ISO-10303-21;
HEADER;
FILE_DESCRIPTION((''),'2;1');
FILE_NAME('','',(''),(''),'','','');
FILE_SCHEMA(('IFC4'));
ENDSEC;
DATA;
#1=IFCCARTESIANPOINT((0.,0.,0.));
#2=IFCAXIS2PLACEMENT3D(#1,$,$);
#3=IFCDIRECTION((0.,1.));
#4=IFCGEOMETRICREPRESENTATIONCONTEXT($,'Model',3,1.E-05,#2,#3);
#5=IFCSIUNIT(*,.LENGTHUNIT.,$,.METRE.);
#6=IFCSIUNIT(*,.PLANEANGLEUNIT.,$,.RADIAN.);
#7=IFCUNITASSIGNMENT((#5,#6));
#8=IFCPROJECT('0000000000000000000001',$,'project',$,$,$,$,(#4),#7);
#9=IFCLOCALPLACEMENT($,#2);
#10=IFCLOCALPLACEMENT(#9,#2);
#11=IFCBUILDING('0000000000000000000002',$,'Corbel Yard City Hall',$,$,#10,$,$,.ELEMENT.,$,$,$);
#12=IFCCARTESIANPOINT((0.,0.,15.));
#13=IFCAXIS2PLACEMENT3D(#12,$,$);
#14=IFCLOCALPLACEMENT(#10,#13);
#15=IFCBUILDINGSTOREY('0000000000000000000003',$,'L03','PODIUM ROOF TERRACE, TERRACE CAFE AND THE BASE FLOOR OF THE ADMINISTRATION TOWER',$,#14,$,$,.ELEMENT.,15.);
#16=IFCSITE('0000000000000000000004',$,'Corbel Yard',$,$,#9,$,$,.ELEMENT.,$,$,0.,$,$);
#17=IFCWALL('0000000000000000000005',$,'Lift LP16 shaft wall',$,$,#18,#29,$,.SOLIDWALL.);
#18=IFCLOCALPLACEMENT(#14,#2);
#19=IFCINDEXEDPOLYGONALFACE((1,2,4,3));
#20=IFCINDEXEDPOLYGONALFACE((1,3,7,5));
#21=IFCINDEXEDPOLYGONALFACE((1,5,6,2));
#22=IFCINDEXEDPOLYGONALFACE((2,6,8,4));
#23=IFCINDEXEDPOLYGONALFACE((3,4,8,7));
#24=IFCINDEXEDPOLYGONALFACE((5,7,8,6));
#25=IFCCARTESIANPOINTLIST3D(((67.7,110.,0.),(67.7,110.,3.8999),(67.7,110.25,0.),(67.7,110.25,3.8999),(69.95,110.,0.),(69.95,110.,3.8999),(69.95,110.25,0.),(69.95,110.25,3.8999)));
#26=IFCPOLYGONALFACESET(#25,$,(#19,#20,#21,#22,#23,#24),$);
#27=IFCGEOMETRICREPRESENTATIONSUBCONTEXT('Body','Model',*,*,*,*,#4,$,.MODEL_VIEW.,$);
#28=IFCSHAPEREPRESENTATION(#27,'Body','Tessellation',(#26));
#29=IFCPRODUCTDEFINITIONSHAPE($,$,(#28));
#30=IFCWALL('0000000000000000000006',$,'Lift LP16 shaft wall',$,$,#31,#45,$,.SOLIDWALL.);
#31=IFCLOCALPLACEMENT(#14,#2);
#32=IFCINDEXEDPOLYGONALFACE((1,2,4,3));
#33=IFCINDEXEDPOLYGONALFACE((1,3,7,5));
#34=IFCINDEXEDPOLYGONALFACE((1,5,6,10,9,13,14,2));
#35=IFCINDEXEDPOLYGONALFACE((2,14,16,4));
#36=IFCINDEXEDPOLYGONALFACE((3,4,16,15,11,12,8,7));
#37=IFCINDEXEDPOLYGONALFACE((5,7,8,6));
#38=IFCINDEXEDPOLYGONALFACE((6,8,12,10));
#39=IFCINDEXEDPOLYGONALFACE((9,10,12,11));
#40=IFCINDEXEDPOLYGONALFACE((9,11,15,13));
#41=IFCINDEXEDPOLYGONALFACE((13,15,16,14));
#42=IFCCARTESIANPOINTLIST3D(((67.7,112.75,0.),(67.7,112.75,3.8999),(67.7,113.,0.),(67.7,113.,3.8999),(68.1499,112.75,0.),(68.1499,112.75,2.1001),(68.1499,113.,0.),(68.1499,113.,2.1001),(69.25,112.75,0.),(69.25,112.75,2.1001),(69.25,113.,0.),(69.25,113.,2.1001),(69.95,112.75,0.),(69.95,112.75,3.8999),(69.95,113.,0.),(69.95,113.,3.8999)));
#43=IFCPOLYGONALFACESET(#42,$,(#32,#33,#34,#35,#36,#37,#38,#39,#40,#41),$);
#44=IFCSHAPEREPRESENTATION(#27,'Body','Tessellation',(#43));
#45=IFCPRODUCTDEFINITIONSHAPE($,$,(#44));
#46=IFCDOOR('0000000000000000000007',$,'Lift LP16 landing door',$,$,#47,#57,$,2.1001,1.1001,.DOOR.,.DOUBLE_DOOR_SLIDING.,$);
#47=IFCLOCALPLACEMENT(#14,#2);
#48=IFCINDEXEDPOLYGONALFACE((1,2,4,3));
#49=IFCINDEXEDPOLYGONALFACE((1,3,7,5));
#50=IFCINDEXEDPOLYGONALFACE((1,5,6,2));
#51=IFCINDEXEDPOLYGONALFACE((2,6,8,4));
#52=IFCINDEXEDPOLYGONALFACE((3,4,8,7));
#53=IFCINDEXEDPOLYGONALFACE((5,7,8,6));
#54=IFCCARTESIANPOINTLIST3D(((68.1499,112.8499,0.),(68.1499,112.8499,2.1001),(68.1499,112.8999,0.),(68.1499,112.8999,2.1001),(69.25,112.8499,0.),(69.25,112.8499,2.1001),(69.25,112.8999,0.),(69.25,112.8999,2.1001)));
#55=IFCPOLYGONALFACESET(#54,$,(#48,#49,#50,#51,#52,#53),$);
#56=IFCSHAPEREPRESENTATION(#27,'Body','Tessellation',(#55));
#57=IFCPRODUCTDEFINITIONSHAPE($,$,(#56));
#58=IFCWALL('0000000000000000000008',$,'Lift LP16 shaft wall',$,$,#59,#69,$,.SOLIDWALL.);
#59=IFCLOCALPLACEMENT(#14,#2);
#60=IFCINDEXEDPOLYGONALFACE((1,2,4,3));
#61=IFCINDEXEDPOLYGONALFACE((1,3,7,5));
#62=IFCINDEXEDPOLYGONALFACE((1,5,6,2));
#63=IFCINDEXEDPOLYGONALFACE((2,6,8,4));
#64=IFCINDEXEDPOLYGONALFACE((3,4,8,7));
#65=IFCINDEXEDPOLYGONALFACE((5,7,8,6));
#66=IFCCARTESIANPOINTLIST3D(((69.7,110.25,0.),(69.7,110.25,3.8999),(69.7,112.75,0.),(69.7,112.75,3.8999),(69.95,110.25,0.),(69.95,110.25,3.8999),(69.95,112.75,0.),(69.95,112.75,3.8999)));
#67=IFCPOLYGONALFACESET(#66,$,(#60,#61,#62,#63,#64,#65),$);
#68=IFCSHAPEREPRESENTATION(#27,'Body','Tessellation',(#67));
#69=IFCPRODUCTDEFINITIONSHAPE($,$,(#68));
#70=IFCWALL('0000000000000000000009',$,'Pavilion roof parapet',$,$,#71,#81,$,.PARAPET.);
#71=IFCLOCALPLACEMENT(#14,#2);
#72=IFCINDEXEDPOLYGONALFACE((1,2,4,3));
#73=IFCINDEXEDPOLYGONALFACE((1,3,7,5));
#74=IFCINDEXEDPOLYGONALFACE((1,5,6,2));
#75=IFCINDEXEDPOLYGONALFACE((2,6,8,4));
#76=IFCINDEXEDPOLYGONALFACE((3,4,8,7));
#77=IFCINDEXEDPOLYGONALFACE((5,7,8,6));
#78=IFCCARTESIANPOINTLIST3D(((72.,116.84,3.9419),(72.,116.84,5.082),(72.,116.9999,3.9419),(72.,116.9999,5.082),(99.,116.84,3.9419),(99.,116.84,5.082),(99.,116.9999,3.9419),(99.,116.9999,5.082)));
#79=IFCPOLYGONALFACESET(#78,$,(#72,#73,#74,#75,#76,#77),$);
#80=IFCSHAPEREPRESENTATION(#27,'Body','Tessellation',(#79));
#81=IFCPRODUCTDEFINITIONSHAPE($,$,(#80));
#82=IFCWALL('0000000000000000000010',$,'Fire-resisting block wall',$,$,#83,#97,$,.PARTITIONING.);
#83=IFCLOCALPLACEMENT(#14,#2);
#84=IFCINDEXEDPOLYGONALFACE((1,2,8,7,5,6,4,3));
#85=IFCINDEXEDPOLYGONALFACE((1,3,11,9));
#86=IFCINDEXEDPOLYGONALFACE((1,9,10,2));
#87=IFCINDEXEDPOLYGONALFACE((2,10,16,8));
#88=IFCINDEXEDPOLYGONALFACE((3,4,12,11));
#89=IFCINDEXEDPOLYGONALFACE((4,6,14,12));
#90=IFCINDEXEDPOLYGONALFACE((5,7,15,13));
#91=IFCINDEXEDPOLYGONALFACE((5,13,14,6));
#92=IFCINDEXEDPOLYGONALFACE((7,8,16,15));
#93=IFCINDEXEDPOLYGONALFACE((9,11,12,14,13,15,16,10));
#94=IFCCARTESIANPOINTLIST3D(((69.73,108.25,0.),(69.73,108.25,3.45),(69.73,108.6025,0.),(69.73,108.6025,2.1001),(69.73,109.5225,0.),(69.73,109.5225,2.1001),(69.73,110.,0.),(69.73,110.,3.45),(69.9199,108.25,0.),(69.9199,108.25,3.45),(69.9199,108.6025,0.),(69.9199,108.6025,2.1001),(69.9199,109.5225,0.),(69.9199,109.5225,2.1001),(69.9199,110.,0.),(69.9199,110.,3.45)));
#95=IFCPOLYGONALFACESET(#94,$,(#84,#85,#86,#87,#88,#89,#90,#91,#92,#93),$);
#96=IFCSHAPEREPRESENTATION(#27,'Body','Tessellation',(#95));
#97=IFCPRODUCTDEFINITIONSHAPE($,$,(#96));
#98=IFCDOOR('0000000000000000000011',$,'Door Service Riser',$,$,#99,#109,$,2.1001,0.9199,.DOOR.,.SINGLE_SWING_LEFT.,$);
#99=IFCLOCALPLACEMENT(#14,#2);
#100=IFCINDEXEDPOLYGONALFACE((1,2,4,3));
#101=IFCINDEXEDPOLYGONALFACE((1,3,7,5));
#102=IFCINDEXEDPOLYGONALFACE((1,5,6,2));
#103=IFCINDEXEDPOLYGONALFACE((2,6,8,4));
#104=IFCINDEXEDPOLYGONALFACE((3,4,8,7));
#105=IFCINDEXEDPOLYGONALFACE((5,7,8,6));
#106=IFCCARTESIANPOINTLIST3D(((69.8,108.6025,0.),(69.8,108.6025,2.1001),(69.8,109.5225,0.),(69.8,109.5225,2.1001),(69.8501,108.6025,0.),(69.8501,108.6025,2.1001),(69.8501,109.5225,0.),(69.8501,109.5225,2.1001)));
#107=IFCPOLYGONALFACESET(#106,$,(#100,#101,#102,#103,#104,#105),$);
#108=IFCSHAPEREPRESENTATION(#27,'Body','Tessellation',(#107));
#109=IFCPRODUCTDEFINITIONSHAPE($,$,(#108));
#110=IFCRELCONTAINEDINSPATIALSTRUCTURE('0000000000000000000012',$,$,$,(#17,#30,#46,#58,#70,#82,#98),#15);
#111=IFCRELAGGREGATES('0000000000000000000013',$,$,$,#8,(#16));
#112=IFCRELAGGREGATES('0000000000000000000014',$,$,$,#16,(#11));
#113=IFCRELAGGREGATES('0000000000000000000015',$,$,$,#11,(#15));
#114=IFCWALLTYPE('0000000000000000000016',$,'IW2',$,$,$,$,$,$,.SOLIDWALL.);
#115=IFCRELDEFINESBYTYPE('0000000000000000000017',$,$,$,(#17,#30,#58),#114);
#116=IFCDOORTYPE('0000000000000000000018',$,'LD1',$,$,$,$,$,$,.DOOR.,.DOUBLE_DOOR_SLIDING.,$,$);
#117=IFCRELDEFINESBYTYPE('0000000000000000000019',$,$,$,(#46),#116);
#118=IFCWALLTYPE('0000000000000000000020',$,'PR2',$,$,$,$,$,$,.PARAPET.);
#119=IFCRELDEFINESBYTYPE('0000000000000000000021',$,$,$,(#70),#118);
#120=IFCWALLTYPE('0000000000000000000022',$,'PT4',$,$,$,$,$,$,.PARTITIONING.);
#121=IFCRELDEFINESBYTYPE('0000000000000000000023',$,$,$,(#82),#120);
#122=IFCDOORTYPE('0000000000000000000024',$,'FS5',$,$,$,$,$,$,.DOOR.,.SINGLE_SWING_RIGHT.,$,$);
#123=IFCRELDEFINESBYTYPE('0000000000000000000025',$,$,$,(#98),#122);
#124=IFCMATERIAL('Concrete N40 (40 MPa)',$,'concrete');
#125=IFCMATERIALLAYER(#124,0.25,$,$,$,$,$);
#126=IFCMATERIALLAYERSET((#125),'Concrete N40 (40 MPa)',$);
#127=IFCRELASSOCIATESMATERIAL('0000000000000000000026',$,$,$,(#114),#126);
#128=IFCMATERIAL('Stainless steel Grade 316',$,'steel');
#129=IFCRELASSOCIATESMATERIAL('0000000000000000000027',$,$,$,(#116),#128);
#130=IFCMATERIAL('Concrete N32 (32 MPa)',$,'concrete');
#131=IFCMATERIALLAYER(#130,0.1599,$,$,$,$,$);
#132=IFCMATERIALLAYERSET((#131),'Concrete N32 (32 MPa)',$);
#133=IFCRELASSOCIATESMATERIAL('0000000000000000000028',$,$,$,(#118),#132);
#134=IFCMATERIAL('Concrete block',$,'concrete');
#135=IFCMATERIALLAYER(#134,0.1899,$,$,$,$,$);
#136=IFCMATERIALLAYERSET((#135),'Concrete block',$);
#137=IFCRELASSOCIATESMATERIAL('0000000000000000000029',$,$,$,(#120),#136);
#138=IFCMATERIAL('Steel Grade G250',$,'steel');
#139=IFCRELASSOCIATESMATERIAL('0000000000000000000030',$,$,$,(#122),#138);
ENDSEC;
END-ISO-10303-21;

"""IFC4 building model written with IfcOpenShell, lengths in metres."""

from ifc_helpers import new_model, si_unit, direction, frame, frame_2d, origin, place, context, subcontext, project, spatial, rectangle, extrude, material, layer, layer_set, type_object, element, fill, save


model = new_model("IFC4")

# Units and contexts
model_context = context("Model", 3, precision=1e-05, world=origin(), true_north=direction((0.0, 1.0)))
body_context = subcontext(model_context, "Body", "Model", "MODEL_VIEW")
ifc_project = project(units=[si_unit("LENGTHUNIT", "METRE"), si_unit("PLANEANGLEUNIT", "RADIAN")], contexts=[model_context])

# Site, building, storey
site_placement = place(None, origin())
site = spatial("IfcSite", under=ifc_project, at=site_placement, Name="Corbel Yard", CompositionType="ELEMENT", RefElevation=0.0)
building_placement = place(site_placement, origin())
building = spatial("IfcBuilding", under=site, at=building_placement, Name="Corbel Yard City Hall", CompositionType="ELEMENT")
storey_placement = place(building_placement, frame((0.0, 0.0, 15.0)))
storey = spatial("IfcBuildingStorey", under=building, at=storey_placement, Name="L03", Description="PODIUM ROOF TERRACE, TERRACE CAFE AND THE BASE FLOOR OF THE ADMINISTRATION TOWER", CompositionType="ELEMENT", Elevation=15.0)

# Shared definitions
ifc_material_1 = material(Name="Steel Grade G250", Category="steel")

# Shared definitions
ifc_material_2 = material(Name="Concrete N40 (40 MPa)", Category="concrete")

# Shared definitions
ifc_layer_1 = layer(ifc_material_2, 0.25)
ifc_layer_set_1 = layer_set([ifc_layer_1], Name="Concrete N40 (40 MPa)")
wall_type_1 = type_object("IfcWallType", Name="IW2", PredefinedType="SOLIDWALL", material=ifc_layer_set_1)

# Wall
wall_1_placement = place(storey_placement, frame((67.7, 110.125, 0.0), z_axis=(0.0, 0.0, 1.0), x_axis=(1.0, 0.0, 0.0)))
element("IfcWall", 1, at=wall_1_placement, inside=storey, type_object=wall_type_1, Name="Lift LP16 shaft wall", PredefinedType="SOLIDWALL", context=body_context, shape_type="SweptSolid", body=[
    extrude(rectangle(XDim=2.25, YDim=0.25, at=frame_2d((1.125, 0.0))), origin(), (0.0, 0.0, 1.0), 3.8999),
])

# Wall, opening, door
wall_2_placement = place(storey_placement, frame((67.7, 112.875, 0.0), z_axis=(0.0, 0.0, 1.0), x_axis=(1.0, 0.0, 0.0)))
wall_2 = element("IfcWall", 2, at=wall_2_placement, inside=storey, type_object=wall_type_1, Name="Lift LP16 shaft wall", PredefinedType="SOLIDWALL", context=body_context, shape_type="SweptSolid", body=[
    extrude(rectangle(XDim=2.25, YDim=0.25, at=frame_2d((1.125, 0.0))), origin(), (0.0, 0.0, 1.0), 3.8999),
])
opening_1_placement = place(wall_2_placement, frame((0.45, 0.0, 0.0)))
opening_1 = element("IfcOpeningElement", 3, at=opening_1_placement, cuts=wall_2, PredefinedType="OPENING", context=body_context, shape_type="SweptSolid", body=[
    extrude(rectangle(XDim=1.1001, YDim=2.1001, at=frame_2d((0.55, 1.05))), frame((0.0, 0.135, 0.0), z_axis=(0.0, -1.0, 0.0), x_axis=(1.0, 0.0, 0.0)), (0.0, 0.0, 1.0), 0.27),
])
ifc_material_3 = material(Name="Stainless steel Grade 316", Category="steel")
door_type_1 = type_object("IfcDoorType", Name="LD1", OperationType="DOUBLE_DOOR_SLIDING", PredefinedType="DOOR", material=ifc_material_3)
door_1_placement = place(opening_1_placement, origin())
door_1 = element("IfcDoor", 4, at=door_1_placement, inside=storey, type_object=door_type_1, Name="Lift LP16 landing door", OperationType="DOUBLE_DOOR_SLIDING", OverallHeight=2.1001, OverallWidth=1.1001, PredefinedType="DOOR", context=body_context, shape_type="SweptSolid", body=[
    extrude(rectangle(XDim=1.1001, YDim=2.1001, at=frame_2d((0.55, 1.05))), frame((0.0, 0.0249, 0.0), z_axis=(0.0, -1.0, 0.0), x_axis=(1.0, 0.0, 0.0)), (0.0, 0.0, 1.0), 0.05),
])
fill(opening_1, door_1)

# Walls
wall_3_placement = place(storey_placement, frame((69.825, 110.25, 0.0), z_axis=(0.0, 0.0, 1.0), x_axis=(0.0, 1.0, 0.0)))
element("IfcWall", 5, at=wall_3_placement, inside=storey, type_object=wall_type_1, Name="Lift LP16 shaft wall", PredefinedType="SOLIDWALL", context=body_context, shape_type="SweptSolid", body=[
    extrude(rectangle(XDim=2.5, YDim=0.25, at=frame_2d((1.25, 0.0))), origin(), (0.0, 0.0, 1.0), 3.8999),
])
ifc_material_4 = material(Name="Concrete N32 (32 MPa)", Category="concrete")
ifc_layer_2 = layer(ifc_material_4, 0.1599)
ifc_layer_set_2 = layer_set([ifc_layer_2], Name="Concrete N32 (32 MPa)")
wall_type_2 = type_object("IfcWallType", Name="PR2", PredefinedType="PARAPET", material=ifc_layer_set_2)
wall_4_placement = place(storey_placement, frame((72.0, 116.9199, 3.9419), z_axis=(0.0, 0.0, 1.0), x_axis=(1.0, 0.0, 0.0)))
element("IfcWall", 6, at=wall_4_placement, inside=storey, type_object=wall_type_2, Name="Pavilion roof parapet", PredefinedType="PARAPET", context=body_context, shape_type="SweptSolid", body=[
    extrude(rectangle(XDim=27.0, YDim=0.1599, at=frame_2d((13.5, 0.0))), origin(), (0.0, 0.0, 1.0), 1.1401),
])

# Wall, opening, door
ifc_material_5 = material(Name="Concrete block", Category="concrete")
ifc_layer_3 = layer(ifc_material_5, 0.1899)
ifc_layer_set_3 = layer_set([ifc_layer_3], Name="Concrete block")
wall_type_3 = type_object("IfcWallType", Name="PT4", PredefinedType="PARTITIONING", material=ifc_layer_set_3)
wall_5_placement = place(storey_placement, frame((69.825, 108.25, 0.0), z_axis=(0.0, 0.0, 1.0), x_axis=(0.0, 1.0, 0.0)))
wall_5 = element("IfcWall", 7, at=wall_5_placement, inside=storey, type_object=wall_type_3, Name="Fire-resisting block wall", PredefinedType="PARTITIONING", context=body_context, shape_type="SweptSolid", body=[
    extrude(rectangle(XDim=1.75, YDim=0.1899, at=frame_2d((0.875, 0.0))), origin(), (0.0, 0.0, 1.0), 3.45),
])
opening_2_placement = place(wall_5_placement, frame((0.3525, 0.0, 0.0)))
opening_2 = element("IfcOpeningElement", 8, at=opening_2_placement, cuts=wall_5, PredefinedType="OPENING", context=body_context, shape_type="SweptSolid", body=[
    extrude(rectangle(XDim=0.9199, YDim=2.1001, at=frame_2d((0.46, 1.05))), frame((0.0, 0.105, 0.0), z_axis=(0.0, -1.0, 0.0), x_axis=(1.0, 0.0, 0.0)), (0.0, 0.0, 1.0), 0.21),
])
door_type_2 = type_object("IfcDoorType", Name="FS5", OperationType="SINGLE_SWING_RIGHT", PredefinedType="DOOR", material=ifc_material_1)
door_2_placement = place(opening_2_placement, origin())
door_2 = element("IfcDoor", 9, at=door_2_placement, inside=storey, type_object=door_type_2, Name="Door Service Riser", OperationType="SINGLE_SWING_LEFT", OverallHeight=2.1001, OverallWidth=0.9199, PredefinedType="DOOR", context=body_context, shape_type="SweptSolid", body=[
    extrude(rectangle(XDim=0.9199, YDim=2.1001, at=frame_2d((0.46, 1.05))), frame((0.0, 0.0249, 0.0), z_axis=(0.0, -1.0, 0.0), x_axis=(1.0, 0.0, 0.0)), (0.0, 0.0, 1.0), 0.05),
])
fill(opening_2, door_2)

save(model, "model.ifc")
